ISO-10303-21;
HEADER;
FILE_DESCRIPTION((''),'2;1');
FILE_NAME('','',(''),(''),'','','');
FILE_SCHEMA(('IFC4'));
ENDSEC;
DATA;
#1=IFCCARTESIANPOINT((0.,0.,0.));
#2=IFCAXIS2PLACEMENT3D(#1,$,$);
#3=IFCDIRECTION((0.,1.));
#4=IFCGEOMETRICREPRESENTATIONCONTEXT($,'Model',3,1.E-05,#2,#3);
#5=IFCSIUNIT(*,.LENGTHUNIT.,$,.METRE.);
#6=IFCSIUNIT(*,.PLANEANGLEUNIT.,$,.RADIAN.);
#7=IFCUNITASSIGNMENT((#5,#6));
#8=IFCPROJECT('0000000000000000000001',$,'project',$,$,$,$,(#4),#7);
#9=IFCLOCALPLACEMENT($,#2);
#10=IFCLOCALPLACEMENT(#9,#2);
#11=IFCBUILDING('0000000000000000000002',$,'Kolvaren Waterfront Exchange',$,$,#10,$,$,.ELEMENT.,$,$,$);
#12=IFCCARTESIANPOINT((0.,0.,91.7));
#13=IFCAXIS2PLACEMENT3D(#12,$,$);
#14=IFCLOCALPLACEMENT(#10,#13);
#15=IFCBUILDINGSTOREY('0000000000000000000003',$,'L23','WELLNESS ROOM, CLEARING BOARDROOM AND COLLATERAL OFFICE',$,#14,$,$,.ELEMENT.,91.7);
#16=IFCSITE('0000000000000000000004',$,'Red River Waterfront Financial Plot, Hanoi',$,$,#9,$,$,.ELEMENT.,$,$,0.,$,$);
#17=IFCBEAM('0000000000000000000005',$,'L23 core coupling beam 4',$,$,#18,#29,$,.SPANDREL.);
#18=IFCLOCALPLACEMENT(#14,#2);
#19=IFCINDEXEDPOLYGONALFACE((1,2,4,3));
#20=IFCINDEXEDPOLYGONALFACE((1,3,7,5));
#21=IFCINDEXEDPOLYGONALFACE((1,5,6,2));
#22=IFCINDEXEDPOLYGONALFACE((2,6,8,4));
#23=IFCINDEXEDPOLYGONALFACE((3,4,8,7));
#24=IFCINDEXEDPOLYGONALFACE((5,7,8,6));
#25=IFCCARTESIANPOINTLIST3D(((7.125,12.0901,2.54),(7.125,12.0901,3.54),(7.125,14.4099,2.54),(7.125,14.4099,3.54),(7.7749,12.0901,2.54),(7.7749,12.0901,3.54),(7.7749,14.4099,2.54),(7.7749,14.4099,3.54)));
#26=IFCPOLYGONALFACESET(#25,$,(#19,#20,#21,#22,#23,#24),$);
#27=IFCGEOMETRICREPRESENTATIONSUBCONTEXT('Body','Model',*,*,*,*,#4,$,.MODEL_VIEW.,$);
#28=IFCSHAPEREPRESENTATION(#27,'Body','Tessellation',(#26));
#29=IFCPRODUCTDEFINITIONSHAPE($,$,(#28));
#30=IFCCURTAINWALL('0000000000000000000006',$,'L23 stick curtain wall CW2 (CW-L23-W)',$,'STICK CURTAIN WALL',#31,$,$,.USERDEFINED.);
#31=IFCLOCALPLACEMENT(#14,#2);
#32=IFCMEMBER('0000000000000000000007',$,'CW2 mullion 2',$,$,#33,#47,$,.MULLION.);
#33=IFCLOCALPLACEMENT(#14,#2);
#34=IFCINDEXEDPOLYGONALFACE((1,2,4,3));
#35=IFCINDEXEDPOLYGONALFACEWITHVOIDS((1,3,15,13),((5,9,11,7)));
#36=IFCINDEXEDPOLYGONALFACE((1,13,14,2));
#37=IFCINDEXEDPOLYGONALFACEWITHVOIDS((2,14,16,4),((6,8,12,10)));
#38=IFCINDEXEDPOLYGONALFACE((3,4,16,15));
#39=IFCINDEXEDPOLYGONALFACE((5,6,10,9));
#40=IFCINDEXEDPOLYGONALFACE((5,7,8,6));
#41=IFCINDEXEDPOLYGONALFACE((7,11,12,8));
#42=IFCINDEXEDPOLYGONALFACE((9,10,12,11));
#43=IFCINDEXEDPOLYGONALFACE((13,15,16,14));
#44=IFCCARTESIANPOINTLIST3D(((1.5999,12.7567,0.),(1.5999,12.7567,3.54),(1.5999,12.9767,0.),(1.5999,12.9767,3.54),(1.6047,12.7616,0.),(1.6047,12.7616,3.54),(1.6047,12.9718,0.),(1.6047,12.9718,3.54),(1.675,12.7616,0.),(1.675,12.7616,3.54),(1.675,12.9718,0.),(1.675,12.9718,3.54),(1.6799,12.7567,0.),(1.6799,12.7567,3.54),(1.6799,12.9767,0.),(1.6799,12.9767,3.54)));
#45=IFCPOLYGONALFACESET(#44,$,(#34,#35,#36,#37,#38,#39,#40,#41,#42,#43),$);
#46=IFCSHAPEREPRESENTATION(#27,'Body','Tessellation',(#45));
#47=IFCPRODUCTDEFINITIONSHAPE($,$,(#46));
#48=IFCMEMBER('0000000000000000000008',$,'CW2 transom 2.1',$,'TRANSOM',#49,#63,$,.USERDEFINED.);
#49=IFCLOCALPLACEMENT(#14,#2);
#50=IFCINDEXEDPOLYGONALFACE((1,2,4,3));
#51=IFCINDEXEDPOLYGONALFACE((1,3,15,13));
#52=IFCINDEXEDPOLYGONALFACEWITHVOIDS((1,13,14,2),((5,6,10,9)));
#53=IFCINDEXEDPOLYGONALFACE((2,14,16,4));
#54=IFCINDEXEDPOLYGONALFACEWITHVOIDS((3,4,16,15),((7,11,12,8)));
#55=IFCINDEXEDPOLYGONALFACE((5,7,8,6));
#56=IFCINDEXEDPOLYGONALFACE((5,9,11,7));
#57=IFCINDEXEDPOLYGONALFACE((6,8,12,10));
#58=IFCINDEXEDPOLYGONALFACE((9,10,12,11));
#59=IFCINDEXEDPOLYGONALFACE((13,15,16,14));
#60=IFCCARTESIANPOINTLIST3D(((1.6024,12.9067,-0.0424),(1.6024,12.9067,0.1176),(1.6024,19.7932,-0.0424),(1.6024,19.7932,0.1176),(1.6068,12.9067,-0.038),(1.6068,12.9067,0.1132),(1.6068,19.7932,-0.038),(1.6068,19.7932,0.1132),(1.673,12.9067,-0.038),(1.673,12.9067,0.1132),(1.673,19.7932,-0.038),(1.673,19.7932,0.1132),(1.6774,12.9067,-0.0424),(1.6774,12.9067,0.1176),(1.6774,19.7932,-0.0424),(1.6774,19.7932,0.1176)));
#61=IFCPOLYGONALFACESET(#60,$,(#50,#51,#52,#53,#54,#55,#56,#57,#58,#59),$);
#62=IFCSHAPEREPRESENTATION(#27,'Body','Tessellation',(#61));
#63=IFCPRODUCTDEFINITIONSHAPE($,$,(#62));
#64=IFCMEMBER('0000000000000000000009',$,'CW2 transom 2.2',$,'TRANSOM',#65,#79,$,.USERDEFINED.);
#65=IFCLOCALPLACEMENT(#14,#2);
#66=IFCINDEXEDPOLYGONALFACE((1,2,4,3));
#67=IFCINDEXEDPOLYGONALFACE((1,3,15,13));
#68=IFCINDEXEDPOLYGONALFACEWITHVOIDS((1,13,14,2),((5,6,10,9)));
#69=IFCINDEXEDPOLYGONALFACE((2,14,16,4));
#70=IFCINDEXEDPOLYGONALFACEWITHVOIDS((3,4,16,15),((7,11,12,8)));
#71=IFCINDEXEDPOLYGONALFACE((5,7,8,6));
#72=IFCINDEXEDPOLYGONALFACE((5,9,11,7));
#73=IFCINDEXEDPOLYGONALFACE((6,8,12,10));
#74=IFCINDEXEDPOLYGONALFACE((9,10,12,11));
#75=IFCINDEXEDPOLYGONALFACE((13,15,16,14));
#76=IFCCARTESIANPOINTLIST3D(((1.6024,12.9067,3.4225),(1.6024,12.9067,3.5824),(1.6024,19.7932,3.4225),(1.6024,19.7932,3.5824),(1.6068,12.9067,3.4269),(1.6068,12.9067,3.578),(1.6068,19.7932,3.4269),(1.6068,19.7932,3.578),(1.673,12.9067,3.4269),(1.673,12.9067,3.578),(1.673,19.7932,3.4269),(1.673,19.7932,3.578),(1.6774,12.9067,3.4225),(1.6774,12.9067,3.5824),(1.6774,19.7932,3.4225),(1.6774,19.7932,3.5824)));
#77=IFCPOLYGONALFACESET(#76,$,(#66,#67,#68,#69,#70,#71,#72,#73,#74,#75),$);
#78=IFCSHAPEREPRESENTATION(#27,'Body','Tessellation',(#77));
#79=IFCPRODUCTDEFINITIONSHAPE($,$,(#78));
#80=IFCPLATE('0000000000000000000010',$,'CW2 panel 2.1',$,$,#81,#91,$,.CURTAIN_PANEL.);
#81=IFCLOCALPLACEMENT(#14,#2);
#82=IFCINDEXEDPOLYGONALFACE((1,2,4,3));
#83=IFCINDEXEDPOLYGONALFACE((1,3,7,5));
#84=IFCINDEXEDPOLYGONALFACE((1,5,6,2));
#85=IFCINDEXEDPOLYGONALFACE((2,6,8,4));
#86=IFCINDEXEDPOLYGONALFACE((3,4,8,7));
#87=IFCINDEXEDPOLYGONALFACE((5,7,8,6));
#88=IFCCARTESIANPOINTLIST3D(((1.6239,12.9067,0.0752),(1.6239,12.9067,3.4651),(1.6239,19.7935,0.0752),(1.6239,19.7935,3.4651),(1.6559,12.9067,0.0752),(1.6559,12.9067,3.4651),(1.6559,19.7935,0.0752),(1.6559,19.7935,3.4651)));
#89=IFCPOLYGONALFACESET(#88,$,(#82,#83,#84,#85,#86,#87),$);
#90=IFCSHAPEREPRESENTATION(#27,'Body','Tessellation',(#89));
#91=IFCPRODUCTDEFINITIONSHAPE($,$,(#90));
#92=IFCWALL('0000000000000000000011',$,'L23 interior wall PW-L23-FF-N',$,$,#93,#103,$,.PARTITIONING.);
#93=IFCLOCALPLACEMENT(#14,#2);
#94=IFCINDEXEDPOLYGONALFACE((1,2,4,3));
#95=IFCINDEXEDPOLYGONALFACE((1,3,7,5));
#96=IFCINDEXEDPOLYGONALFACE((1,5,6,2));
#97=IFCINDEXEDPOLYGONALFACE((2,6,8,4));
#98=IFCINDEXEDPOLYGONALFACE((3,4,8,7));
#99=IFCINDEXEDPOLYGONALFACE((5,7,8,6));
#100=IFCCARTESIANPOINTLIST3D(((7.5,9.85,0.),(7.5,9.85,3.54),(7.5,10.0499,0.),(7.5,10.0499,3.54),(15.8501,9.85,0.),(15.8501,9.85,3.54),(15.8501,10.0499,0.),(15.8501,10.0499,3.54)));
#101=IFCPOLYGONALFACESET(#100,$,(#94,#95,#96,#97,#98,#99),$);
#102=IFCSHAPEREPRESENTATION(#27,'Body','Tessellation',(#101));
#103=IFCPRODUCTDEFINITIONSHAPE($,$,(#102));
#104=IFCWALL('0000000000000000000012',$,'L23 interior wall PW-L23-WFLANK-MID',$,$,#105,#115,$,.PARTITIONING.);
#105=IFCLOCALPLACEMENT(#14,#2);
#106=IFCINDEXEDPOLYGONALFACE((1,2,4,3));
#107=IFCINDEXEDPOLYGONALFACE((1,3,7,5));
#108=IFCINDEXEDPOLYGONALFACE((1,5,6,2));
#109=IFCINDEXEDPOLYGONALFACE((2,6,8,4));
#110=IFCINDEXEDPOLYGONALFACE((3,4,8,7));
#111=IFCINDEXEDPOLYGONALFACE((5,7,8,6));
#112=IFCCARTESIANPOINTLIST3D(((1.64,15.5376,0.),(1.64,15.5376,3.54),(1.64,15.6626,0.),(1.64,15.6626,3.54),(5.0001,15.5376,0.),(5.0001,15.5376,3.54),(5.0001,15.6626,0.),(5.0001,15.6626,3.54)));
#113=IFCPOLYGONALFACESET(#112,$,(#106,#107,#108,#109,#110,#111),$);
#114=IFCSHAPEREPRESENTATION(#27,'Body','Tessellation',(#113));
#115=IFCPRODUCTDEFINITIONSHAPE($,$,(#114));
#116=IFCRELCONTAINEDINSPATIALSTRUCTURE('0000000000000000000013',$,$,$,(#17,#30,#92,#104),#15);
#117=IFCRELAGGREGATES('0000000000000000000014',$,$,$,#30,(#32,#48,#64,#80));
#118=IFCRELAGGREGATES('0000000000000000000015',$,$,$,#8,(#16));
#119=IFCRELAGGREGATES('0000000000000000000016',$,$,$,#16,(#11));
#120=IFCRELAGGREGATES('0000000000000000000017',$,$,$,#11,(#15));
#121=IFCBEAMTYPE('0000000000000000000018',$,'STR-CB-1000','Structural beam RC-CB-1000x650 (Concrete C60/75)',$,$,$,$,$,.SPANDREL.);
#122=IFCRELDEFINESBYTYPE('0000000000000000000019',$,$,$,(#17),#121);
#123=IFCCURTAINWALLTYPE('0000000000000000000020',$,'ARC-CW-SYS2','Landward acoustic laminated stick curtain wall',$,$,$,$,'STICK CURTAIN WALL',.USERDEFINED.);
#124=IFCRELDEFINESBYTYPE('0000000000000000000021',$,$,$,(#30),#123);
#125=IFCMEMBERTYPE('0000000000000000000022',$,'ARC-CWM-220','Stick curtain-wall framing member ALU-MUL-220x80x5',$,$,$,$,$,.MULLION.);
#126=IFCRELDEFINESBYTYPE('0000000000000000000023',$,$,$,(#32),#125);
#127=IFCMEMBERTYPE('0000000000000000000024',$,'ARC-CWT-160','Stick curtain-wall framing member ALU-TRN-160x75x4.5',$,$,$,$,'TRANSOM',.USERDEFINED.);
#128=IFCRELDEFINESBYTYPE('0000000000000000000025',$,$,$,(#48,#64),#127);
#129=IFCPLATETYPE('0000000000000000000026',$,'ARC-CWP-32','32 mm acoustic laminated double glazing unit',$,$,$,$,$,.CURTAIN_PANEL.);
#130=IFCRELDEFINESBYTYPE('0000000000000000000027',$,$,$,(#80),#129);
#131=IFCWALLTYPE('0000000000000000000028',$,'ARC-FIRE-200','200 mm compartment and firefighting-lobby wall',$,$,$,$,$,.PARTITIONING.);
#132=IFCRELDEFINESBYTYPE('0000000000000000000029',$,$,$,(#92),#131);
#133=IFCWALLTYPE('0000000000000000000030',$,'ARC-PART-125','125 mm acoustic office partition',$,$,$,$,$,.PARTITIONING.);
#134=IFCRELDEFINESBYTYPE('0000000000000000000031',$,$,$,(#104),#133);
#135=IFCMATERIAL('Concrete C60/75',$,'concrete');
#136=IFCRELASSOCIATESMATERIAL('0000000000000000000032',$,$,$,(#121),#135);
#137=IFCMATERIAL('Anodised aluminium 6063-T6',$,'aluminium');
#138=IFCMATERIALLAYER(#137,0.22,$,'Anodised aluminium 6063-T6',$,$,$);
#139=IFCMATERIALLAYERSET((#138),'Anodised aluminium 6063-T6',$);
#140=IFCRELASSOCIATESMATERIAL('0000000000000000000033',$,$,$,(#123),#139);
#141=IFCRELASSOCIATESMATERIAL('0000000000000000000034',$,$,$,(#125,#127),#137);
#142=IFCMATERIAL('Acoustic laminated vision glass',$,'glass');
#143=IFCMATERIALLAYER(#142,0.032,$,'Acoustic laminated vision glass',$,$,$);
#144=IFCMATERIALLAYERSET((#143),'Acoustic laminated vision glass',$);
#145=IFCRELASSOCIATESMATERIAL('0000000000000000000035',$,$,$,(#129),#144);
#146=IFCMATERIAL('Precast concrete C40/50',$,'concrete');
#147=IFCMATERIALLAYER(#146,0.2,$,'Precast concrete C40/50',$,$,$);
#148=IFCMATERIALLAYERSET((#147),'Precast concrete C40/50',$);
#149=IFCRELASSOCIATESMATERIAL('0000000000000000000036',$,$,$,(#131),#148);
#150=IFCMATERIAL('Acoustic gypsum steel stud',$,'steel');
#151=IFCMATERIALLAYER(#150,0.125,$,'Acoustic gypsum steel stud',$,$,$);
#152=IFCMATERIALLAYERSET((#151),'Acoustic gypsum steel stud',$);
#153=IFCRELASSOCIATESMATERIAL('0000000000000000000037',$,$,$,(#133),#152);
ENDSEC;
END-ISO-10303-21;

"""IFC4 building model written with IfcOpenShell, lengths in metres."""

from ifc_helpers import new_model, si_unit, direction, frame, frame_2d, origin, origin_with_axes, origin_2d, place, context, subcontext, project, spatial, rectangle, hollow_rectangle, extrude, source, transform, mapped, material, layer, layer_set, material_profile, profile_set, type_object, element, aggregate, save


model = new_model("IFC4")

# Units and contexts
model_context = context("Model", 3, precision=1e-05, world=origin(), true_north=direction((0.0, 1.0)))
body_context = subcontext(model_context, "Body", "Model", "MODEL_VIEW")
ifc_project = project(units=[si_unit("LENGTHUNIT", "METRE"), si_unit("PLANEANGLEUNIT", "RADIAN")], contexts=[model_context])

# Site, building, storey
site_placement = place(None, origin())
site = spatial("IfcSite", under=ifc_project, at=site_placement, Name="Red River Waterfront Financial Plot, Hanoi", CompositionType="ELEMENT", RefElevation=0.0)
building_placement = place(site_placement, origin())
building = spatial("IfcBuilding", under=site, at=building_placement, Name="Kolvaren Waterfront Exchange", CompositionType="ELEMENT")
storey_placement = place(building_placement, frame((0.0, 0.0, 91.7)))
storey = spatial("IfcBuildingStorey", under=building, at=storey_placement, Name="L23", Description="WELLNESS ROOM, CLEARING BOARDROOM AND COLLATERAL OFFICE", CompositionType="ELEMENT", Elevation=91.7)

# Beam
ifc_material_1 = material(Name="Concrete C60/75", Category="concrete")
ifc_material_profile_1 = material_profile(ifc_material_1, rectangle(XDim=0.6499, YDim=1.0, at=origin_2d()), Name="RC-CB-1000x650")
ifc_profile_set_1 = profile_set([ifc_material_profile_1], Name="Concrete C60/75")
beam_type = type_object("IfcBeamType", Name="STR-CB-1000", Description="Structural beam RC-CB-1000x650 (Concrete C60/75)", PredefinedType="SPANDREL", material=ifc_profile_set_1)
beam_placement = place(storey_placement, frame((7.45, 12.0901, 3.04), z_axis=(0.0, 1.0, 0.0), x_axis=(-1.0, 0.0, 0.0)))
element("IfcBeam", 1, at=beam_placement, inside=storey, type_object=beam_type, Name="L23 core coupling beam 4", PredefinedType="SPANDREL", context=body_context, shape_type="SweptSolid", body=[
    extrude(rectangle(XDim=0.6499, YDim=1.0, at=origin_2d()), origin(), (0.0, 0.0, 1.0), 2.3198),
])

# Curtain wall, members, plate
ifc_material_2 = material(Name="Anodised aluminium 6063-T6", Category="aluminium")
ifc_layer_1 = layer(ifc_material_2, 0.22, Name="Anodised aluminium 6063-T6")
ifc_layer_set_1 = layer_set([ifc_layer_1], Name="Anodised aluminium 6063-T6")
curtain_wall_type = type_object("IfcCurtainWallType", Name="ARC-CW-SYS2", Description="Landward acoustic laminated stick curtain wall", ElementType="STICK CURTAIN WALL", PredefinedType="USERDEFINED", material=ifc_layer_set_1)
curtain_wall_placement = place(storey_placement, origin())
curtain_wall = element("IfcCurtainWall", 2, at=curtain_wall_placement, inside=storey, type_object=curtain_wall_type, Name="L23 stick curtain wall CW2 (CW-L23-W)", ObjectType="STICK CURTAIN WALL", PredefinedType="USERDEFINED")
ifc_material_profile_2 = material_profile(ifc_material_2, hollow_rectangle(XDim=0.0801, YDim=0.22, WallThickness=0.0049, at=origin_2d()), Name="ALU-MUL-220x80x5")
ifc_profile_set_2 = profile_set([ifc_material_profile_2], Name="Anodised aluminium 6063-T6")
member_type_1 = type_object("IfcMemberType", Name="ARC-CWM-220", Description="Stick curtain-wall framing member ALU-MUL-220x80x5", PredefinedType="MULLION", material=ifc_profile_set_2)
shared_shape_1 = source(origin_with_axes(), body_context, "Body", "SweptSolid", [
    extrude(hollow_rectangle(XDim=0.0801, YDim=0.22, WallThickness=0.0049, at=origin_2d()), origin(), (0.0, 0.0, 1.0), 3.54),
])
member_1_placement = place(storey_placement, frame((1.6399, 12.8667, 0.0), z_axis=(0.0, 0.0, 1.0), x_axis=(-1.0, 0.0, 0.0)))
member_1 = element("IfcMember", 3, at=member_1_placement, type_object=member_type_1, Name="CW2 mullion 2", PredefinedType="MULLION", context=body_context, shape_type="MappedRepresentation", body=[
    mapped(shared_shape_1, transform((0.0, 0.0, 0.0), x_axis=(1.0, 0.0, 0.0), y_axis=(0.0, 1.0, 0.0), z_axis=(0.0, 0.0, 1.0), scale=1.0)),
])
ifc_material_profile_3 = material_profile(ifc_material_2, hollow_rectangle(XDim=0.075, YDim=0.1599, WallThickness=0.0044, at=origin_2d()), Name="ALU-TRN-160x75x4.5")
ifc_profile_set_3 = profile_set([ifc_material_profile_3], Name="Anodised aluminium 6063-T6")
member_type_2 = type_object("IfcMemberType", Name="ARC-CWT-160", Description="Stick curtain-wall framing member ALU-TRN-160x75x4.5", ElementType="TRANSOM", PredefinedType="USERDEFINED", material=ifc_profile_set_3)
shared_shape_2 = source(origin_with_axes(), body_context, "Body", "SweptSolid", [
    extrude(hollow_rectangle(XDim=0.075, YDim=0.1599, WallThickness=0.0044, at=origin_2d()), origin(), (0.0, 0.0, 1.0), 6.8865),
])
member_2_placement = place(storey_placement, frame((1.6399, 12.9067, 0.0376), z_axis=(0.0, 1.0, 0.0), x_axis=(-1.0, 0.0, 0.0)))
member_2 = element("IfcMember", 4, at=member_2_placement, type_object=member_type_2, Name="CW2 transom 2.1", ObjectType="TRANSOM", PredefinedType="USERDEFINED", context=body_context, shape_type="MappedRepresentation", body=[
    mapped(shared_shape_2, transform((0.0, 0.0, 0.0), x_axis=(1.0, 0.0, 0.0), y_axis=(0.0, 1.0, 0.0), z_axis=(0.0, 0.0, 1.0), scale=1.0)),
])
member_3_placement = place(storey_placement, frame((1.6399, 12.9067, 3.5024), z_axis=(0.0, 1.0, 0.0), x_axis=(-1.0, 0.0, 0.0)))
member_3 = element("IfcMember", 5, at=member_3_placement, type_object=member_type_2, Name="CW2 transom 2.2", ObjectType="TRANSOM", PredefinedType="USERDEFINED", context=body_context, shape_type="MappedRepresentation", body=[
    mapped(shared_shape_2, transform((0.0, 0.0, 0.0), x_axis=(1.0, 0.0, 0.0), y_axis=(0.0, 1.0, 0.0), z_axis=(0.0, 0.0, 1.0), scale=1.0)),
])
ifc_material_3 = material(Name="Acoustic laminated vision glass", Category="glass")
ifc_layer_2 = layer(ifc_material_3, 0.032, Name="Acoustic laminated vision glass")
ifc_layer_set_2 = layer_set([ifc_layer_2], Name="Acoustic laminated vision glass")
plate_type = type_object("IfcPlateType", Name="ARC-CWP-32", Description="32 mm acoustic laminated double glazing unit", PredefinedType="CURTAIN_PANEL", material=ifc_layer_set_2)
shared_shape_3 = source(origin_with_axes(), body_context, "Body", "SweptSolid", [
    extrude(rectangle(XDim=6.8867, YDim=0.032, at=origin_2d()), origin(), (0.0, 0.0, 1.0), 3.3899),
])
plate_placement = place(storey_placement, frame((1.6399, 16.3501, 0.0752), z_axis=(0.0, 0.0, 1.0), x_axis=(0.0, 1.0, 0.0)))
plate = element("IfcPlate", 6, at=plate_placement, type_object=plate_type, Name="CW2 panel 2.1", PredefinedType="CURTAIN_PANEL", context=body_context, shape_type="MappedRepresentation", body=[
    mapped(shared_shape_3, transform((0.0, 0.0, 0.0), x_axis=(1.0, 0.0, 0.0), y_axis=(0.0, 1.0, 0.0), z_axis=(0.0, 0.0, 1.0), scale=1.0)),
])
aggregate(curtain_wall, [member_1, member_2, member_3, plate])

# Walls
ifc_material_4 = material(Name="Precast concrete C40/50", Category="concrete")
ifc_layer_3 = layer(ifc_material_4, 0.2, Name="Precast concrete C40/50")
ifc_layer_set_3 = layer_set([ifc_layer_3], Name="Precast concrete C40/50")
wall_type_1 = type_object("IfcWallType", Name="ARC-FIRE-200", Description="200 mm compartment and firefighting-lobby wall", PredefinedType="PARTITIONING", material=ifc_layer_set_3)
wall_1_placement = place(storey_placement, frame((7.5, 9.95, 0.0), z_axis=(0.0, 0.0, 1.0), x_axis=(1.0, 0.0, 0.0)))
element("IfcWall", 7, at=wall_1_placement, inside=storey, type_object=wall_type_1, Name="L23 interior wall PW-L23-FF-N", PredefinedType="PARTITIONING", context=body_context, shape_type="SweptSolid", body=[
    extrude(rectangle(XDim=8.3501, YDim=0.2, at=frame_2d((4.175, 0.0))), origin(), (0.0, 0.0, 1.0), 3.54),
])
ifc_material_5 = material(Name="Acoustic gypsum steel stud", Category="steel")
ifc_layer_4 = layer(ifc_material_5, 0.125, Name="Acoustic gypsum steel stud")
ifc_layer_set_4 = layer_set([ifc_layer_4], Name="Acoustic gypsum steel stud")
wall_type_2 = type_object("IfcWallType", Name="ARC-PART-125", Description="125 mm acoustic office partition", PredefinedType="PARTITIONING", material=ifc_layer_set_4)
wall_2_placement = place(storey_placement, frame((1.6399, 15.6001, 0.0), z_axis=(0.0, 0.0, 1.0), x_axis=(1.0, 0.0, 0.0)))
element("IfcWall", 8, at=wall_2_placement, inside=storey, type_object=wall_type_2, Name="L23 interior wall PW-L23-WFLANK-MID", PredefinedType="PARTITIONING", context=body_context, shape_type="SweptSolid", body=[
    extrude(rectangle(XDim=3.3601, YDim=0.125, at=frame_2d((1.6802, 0.0))), origin(), (0.0, 0.0, 1.0), 3.54),
])

save(model, "model.ifc")
